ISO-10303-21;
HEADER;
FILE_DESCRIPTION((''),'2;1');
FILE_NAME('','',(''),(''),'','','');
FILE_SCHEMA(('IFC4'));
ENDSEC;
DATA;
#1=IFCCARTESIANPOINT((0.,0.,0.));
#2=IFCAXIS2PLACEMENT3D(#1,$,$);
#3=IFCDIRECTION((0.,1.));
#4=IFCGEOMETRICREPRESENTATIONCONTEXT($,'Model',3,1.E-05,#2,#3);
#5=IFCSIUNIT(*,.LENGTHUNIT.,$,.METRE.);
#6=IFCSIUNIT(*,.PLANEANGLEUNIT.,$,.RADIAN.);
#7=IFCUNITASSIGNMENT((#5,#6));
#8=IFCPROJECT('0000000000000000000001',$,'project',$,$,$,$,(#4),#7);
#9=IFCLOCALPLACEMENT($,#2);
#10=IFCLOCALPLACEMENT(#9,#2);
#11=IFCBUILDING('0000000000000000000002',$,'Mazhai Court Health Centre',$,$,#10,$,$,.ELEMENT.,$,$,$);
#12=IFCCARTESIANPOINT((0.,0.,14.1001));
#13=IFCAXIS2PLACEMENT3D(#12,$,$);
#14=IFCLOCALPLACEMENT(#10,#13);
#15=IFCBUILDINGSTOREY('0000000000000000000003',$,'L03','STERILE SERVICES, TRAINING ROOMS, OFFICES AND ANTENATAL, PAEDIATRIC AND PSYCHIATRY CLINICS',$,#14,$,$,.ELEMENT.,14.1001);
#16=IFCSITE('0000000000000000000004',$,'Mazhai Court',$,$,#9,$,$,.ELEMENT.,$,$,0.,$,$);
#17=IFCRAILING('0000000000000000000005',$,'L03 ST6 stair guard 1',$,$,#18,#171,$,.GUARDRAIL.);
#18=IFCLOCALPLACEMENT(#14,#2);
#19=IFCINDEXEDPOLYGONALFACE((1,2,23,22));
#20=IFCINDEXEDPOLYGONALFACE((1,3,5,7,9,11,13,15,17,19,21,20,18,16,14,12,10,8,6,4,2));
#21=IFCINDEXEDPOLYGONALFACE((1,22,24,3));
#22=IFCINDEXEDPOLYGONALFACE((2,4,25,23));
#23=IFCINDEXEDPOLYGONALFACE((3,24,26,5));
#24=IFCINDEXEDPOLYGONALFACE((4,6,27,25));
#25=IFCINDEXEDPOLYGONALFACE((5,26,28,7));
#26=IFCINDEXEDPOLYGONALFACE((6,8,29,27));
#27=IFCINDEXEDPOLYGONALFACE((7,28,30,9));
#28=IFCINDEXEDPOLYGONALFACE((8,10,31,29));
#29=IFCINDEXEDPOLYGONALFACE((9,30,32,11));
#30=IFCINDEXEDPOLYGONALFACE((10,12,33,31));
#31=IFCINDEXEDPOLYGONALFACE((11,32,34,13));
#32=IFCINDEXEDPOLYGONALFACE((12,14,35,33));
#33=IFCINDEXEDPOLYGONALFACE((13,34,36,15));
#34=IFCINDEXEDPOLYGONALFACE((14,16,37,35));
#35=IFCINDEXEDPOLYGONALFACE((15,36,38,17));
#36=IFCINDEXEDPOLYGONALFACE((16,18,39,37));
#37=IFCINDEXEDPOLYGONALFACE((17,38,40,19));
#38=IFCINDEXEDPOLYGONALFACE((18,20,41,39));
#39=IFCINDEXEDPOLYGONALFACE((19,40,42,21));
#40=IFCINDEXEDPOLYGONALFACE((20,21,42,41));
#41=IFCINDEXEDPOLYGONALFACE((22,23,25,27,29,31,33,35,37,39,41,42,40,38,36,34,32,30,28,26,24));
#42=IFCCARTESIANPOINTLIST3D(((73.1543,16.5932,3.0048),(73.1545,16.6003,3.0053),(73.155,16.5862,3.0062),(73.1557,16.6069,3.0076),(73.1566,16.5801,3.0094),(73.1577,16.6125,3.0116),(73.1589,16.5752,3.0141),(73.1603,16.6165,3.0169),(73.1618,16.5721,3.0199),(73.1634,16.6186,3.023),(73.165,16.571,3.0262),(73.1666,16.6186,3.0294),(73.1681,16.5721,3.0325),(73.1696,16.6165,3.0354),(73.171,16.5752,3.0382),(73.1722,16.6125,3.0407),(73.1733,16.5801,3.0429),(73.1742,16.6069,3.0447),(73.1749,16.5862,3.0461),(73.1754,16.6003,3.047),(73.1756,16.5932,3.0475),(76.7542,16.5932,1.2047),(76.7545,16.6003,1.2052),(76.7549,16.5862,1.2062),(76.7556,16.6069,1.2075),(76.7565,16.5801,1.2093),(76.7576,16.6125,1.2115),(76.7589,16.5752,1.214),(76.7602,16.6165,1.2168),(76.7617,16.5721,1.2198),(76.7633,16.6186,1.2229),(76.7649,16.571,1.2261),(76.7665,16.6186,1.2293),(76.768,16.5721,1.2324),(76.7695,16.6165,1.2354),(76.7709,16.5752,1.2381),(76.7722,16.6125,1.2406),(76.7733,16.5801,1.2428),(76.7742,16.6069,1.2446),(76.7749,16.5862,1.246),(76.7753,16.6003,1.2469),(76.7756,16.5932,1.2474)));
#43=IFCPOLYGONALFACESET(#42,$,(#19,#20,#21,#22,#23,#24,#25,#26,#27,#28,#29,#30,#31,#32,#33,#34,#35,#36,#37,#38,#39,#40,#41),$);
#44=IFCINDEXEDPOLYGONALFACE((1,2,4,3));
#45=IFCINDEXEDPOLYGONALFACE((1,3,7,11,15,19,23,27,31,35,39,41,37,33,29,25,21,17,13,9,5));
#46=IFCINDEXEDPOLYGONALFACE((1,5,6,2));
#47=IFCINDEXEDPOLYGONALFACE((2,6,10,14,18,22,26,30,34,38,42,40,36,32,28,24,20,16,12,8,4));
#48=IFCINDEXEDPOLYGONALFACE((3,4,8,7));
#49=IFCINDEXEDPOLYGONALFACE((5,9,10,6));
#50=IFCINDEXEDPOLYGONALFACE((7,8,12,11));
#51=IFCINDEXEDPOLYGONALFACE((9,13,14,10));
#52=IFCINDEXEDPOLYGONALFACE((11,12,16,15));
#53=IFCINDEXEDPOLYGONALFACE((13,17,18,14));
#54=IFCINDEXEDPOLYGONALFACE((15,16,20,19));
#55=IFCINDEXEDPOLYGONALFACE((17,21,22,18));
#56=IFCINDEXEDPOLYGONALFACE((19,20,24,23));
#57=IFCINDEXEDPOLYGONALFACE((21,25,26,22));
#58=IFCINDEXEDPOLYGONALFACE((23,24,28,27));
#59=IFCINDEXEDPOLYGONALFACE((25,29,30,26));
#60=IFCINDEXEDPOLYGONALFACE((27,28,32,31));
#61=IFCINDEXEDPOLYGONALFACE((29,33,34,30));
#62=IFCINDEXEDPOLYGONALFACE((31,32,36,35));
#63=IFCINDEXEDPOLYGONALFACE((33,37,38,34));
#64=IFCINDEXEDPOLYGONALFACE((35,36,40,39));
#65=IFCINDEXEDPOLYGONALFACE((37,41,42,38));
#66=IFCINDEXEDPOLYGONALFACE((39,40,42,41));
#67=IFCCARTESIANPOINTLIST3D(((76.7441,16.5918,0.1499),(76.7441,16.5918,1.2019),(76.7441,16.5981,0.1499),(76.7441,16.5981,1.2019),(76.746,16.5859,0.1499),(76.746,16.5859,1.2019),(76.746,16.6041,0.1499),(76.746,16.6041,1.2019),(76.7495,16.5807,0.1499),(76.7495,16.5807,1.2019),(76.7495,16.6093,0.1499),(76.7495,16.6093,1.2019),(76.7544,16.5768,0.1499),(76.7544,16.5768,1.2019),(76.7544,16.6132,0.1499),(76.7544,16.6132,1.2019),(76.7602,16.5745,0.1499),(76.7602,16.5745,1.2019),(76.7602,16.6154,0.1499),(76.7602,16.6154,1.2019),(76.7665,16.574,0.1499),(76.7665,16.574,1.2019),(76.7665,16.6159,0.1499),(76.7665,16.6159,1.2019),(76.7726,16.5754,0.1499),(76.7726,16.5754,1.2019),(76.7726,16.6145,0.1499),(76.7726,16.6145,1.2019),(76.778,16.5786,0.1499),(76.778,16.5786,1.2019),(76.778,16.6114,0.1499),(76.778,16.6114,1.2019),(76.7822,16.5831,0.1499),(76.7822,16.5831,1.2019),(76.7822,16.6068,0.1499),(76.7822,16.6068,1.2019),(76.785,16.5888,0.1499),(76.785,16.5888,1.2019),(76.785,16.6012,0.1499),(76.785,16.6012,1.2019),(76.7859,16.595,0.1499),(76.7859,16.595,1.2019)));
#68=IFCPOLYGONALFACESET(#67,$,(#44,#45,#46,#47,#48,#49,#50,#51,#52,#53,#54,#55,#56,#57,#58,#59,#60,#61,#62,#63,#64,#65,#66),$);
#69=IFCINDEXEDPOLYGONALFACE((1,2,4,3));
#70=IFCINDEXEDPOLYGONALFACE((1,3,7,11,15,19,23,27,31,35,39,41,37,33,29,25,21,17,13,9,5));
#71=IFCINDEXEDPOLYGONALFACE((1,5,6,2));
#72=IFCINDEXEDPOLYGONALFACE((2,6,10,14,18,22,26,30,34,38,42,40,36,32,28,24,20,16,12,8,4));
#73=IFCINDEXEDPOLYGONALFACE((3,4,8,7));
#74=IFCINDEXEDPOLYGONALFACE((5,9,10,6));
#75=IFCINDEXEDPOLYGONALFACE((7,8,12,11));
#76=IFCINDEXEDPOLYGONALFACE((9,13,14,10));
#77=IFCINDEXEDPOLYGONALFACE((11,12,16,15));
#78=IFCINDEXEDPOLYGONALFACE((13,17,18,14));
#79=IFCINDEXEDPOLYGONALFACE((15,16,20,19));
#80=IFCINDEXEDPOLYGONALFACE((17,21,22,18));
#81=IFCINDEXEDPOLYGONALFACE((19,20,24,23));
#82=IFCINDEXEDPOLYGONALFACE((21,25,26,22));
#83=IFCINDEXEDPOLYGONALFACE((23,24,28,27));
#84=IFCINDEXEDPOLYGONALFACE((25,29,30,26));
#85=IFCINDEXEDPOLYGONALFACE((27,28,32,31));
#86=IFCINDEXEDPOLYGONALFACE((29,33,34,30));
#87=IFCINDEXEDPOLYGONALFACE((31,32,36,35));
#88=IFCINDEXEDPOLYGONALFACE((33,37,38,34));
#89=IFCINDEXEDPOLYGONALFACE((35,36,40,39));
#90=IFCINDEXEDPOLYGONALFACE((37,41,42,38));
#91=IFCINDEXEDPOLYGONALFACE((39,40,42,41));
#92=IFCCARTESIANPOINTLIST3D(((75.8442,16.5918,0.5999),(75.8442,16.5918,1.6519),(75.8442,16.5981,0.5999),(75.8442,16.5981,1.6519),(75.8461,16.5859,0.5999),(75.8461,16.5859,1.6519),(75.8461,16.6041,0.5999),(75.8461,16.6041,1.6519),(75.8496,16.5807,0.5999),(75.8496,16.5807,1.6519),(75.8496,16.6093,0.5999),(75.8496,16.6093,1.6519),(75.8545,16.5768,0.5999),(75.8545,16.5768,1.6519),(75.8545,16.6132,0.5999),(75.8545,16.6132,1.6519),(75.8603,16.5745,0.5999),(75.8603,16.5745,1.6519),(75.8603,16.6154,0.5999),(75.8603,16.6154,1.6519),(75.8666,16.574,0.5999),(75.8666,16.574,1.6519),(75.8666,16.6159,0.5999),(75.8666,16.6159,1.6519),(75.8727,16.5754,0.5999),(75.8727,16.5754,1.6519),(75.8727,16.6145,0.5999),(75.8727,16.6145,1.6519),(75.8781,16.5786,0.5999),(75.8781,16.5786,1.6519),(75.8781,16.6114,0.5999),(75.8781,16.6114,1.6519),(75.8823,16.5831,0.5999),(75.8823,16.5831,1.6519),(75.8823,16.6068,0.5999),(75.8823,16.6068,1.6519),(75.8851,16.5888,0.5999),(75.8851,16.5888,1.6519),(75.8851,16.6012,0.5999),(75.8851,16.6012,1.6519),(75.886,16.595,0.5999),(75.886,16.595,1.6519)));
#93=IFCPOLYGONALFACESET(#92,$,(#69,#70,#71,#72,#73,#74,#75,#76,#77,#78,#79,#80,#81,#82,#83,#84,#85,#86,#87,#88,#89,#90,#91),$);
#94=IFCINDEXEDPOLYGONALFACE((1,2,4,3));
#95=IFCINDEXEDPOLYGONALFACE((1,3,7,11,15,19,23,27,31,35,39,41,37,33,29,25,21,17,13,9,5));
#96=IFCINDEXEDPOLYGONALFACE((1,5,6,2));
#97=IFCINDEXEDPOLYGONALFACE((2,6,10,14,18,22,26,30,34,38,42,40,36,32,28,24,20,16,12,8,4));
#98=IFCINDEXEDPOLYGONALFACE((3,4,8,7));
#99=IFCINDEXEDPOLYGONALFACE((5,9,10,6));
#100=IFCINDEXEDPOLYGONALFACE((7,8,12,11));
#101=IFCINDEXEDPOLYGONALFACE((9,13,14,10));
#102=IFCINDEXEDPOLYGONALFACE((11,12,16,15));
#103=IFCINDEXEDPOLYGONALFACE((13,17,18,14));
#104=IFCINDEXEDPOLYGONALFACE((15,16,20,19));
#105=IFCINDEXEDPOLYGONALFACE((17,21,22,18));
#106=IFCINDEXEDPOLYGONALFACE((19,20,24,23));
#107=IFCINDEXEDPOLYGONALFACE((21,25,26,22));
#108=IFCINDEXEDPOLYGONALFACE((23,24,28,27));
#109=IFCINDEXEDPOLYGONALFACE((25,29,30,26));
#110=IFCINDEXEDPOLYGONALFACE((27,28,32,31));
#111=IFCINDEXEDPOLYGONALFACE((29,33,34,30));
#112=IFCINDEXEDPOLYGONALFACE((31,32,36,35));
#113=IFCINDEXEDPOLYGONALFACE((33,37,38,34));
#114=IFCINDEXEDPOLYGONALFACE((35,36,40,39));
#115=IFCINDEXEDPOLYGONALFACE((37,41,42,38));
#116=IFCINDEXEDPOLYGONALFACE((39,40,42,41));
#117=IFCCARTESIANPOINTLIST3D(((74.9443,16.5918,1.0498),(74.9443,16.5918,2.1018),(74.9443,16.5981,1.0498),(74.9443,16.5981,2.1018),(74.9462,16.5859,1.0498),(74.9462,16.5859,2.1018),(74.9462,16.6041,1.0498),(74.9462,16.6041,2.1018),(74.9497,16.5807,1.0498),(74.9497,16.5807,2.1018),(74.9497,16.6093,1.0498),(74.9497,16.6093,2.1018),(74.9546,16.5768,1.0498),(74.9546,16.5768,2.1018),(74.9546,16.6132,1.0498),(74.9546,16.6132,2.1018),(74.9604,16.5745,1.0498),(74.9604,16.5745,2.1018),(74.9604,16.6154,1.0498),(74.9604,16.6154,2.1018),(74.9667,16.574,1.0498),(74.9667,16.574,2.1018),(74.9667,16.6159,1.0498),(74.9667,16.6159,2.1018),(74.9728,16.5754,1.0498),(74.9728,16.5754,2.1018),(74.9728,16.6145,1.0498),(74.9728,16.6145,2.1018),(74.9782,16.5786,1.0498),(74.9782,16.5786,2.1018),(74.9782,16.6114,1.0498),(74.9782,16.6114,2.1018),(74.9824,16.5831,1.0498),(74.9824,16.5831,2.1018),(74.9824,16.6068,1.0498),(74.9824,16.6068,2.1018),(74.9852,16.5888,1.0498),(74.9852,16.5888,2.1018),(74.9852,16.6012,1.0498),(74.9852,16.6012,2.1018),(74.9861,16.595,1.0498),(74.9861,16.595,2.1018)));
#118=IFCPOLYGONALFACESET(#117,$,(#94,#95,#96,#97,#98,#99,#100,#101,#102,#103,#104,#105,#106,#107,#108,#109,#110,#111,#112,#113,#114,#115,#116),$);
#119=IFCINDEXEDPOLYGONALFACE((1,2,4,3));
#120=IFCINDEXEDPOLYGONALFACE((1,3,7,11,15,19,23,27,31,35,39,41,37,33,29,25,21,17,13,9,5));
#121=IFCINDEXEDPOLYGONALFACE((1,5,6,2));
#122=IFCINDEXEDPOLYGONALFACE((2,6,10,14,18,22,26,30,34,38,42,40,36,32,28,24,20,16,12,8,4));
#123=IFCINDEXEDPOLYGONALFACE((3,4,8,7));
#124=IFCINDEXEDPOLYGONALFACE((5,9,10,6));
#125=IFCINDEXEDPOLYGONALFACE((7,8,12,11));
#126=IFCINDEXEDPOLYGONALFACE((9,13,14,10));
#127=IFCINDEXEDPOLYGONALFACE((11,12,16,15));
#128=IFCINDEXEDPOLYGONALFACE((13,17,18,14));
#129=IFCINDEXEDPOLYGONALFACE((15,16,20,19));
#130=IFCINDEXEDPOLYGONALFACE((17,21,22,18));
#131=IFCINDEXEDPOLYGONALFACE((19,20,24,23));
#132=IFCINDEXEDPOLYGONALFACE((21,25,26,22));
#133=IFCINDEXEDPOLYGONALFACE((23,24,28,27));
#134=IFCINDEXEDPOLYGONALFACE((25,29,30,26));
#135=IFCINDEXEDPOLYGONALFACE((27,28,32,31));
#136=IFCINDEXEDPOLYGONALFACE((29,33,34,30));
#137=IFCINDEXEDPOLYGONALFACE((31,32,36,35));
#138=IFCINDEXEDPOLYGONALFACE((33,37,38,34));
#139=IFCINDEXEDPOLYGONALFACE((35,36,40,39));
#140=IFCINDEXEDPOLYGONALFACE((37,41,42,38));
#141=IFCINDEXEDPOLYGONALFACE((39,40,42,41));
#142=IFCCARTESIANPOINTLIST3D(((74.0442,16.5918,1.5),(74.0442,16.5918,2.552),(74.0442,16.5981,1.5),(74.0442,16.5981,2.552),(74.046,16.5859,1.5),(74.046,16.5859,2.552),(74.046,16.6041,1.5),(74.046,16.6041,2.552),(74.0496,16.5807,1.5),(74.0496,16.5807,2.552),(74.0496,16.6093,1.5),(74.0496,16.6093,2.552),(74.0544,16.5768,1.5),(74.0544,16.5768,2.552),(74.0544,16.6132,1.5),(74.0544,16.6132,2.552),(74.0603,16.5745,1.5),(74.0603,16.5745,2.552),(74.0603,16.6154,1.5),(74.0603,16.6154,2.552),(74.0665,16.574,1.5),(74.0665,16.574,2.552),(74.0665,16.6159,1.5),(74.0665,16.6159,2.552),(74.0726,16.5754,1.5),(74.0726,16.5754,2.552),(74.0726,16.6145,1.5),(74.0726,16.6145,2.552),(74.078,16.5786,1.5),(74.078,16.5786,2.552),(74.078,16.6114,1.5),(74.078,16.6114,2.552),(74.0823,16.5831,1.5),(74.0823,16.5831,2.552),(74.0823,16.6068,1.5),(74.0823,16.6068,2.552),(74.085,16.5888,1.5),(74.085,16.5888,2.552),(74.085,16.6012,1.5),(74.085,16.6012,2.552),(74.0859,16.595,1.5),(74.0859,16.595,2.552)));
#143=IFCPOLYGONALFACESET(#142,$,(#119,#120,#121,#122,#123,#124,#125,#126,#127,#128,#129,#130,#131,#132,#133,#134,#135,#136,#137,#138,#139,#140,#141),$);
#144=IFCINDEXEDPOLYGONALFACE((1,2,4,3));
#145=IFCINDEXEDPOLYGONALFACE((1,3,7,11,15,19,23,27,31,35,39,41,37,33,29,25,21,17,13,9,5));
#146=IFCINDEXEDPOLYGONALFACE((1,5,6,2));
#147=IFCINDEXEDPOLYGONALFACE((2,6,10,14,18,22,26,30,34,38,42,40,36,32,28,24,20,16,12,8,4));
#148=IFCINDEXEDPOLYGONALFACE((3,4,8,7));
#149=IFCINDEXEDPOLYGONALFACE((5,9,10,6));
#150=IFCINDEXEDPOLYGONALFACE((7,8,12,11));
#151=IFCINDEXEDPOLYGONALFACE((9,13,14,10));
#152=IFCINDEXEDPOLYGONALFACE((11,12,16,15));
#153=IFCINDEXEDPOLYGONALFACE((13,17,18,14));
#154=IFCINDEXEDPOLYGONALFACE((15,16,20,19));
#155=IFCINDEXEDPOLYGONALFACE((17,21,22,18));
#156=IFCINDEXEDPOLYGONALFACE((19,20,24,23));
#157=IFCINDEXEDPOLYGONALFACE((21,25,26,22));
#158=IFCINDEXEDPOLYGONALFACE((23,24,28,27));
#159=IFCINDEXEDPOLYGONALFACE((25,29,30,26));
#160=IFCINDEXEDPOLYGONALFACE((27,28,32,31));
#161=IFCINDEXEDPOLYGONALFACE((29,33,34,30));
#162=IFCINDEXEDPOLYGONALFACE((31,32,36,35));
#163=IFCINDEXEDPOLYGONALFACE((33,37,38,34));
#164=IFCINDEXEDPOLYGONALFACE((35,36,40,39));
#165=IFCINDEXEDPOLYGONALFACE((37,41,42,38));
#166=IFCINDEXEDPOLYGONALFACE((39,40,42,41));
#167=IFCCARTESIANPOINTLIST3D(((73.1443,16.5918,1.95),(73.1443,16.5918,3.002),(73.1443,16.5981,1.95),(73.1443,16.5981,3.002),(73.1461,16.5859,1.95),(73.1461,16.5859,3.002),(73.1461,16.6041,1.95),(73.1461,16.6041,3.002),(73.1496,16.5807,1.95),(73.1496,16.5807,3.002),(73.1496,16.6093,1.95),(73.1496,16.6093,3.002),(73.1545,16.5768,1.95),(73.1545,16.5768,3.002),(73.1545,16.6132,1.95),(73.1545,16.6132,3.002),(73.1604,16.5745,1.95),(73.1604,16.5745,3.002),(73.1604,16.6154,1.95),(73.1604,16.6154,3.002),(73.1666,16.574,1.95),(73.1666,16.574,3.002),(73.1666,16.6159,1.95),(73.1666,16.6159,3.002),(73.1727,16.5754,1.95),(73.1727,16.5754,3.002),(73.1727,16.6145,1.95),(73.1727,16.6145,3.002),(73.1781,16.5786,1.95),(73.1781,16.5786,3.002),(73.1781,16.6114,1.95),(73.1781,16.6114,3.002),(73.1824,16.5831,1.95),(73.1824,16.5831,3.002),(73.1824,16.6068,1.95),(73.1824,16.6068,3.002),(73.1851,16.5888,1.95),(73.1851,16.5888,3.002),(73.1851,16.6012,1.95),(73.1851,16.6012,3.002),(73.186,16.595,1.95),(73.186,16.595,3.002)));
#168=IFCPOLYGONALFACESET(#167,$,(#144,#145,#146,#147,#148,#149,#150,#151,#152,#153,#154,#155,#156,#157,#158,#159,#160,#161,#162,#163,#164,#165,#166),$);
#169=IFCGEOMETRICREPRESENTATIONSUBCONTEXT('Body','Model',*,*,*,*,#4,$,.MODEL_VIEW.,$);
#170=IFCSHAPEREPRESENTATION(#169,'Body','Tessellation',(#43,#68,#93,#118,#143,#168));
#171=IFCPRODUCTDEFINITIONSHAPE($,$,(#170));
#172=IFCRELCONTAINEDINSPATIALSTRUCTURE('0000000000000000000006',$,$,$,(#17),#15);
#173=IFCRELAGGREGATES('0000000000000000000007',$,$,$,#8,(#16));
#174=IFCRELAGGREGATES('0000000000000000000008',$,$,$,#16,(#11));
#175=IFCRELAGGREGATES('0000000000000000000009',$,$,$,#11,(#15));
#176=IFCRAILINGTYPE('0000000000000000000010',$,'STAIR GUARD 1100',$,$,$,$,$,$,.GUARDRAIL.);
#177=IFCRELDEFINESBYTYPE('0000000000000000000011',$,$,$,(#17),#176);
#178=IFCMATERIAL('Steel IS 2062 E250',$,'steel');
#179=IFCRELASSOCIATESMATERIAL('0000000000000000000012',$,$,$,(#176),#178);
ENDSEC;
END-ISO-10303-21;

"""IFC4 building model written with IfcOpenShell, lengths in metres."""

from ifc_helpers import new_model, si_unit, direction, frame, origin, origin_2d, place, context, subcontext, project, spatial, circle, extrude, material, type_object, element, save


model = new_model("IFC4")

# Units and contexts
model_context = context("Model", 3, precision=1e-05, world=origin(), true_north=direction((0.0, 1.0)))
body_context = subcontext(model_context, "Body", "Model", "MODEL_VIEW")
ifc_project = project(units=[si_unit("LENGTHUNIT", "METRE"), si_unit("PLANEANGLEUNIT", "RADIAN")], contexts=[model_context])

# Site, building, storey
site_placement = place(None, origin())
site = spatial("IfcSite", under=ifc_project, at=site_placement, Name="Mazhai Court", CompositionType="ELEMENT", RefElevation=0.0)
building_placement = place(site_placement, origin())
building = spatial("IfcBuilding", under=site, at=building_placement, Name="Mazhai Court Health Centre", CompositionType="ELEMENT")
storey_placement = place(building_placement, frame((0.0, 0.0, 14.1001)))
storey = spatial("IfcBuildingStorey", under=building, at=storey_placement, Name="L03", Description="STERILE SERVICES, TRAINING ROOMS, OFFICES AND ANTENATAL, PAEDIATRIC AND PSYCHIATRY CLINICS", CompositionType="ELEMENT", Elevation=14.1001)

# Railing
ifc_material_1 = material(Name="Steel IS 2062 E250", Category="steel")
railing_type_1 = type_object("IfcRailingType", Name="STAIR GUARD 1100", PredefinedType="GUARDRAIL", material=ifc_material_1)
railing_1_placement = place(storey_placement, frame((76.7649, 16.595, 0.1499)))
element("IfcRailing", 1, at=railing_1_placement, inside=storey, type_object=railing_type_1, Name="L03 ST6 stair guard 1", PredefinedType="GUARDRAIL", context=body_context, shape_type="SweptSolid", body=[
    extrude(circle(Radius=0.0239, at=origin_2d()), frame((0.0, 0.0, 1.0762), z_axis=(-0.894415, 0.0, 0.447238), x_axis=(0.0, -1.0, 0.0)), (0.0, 0.0, 1.0), 4.0249),
    extrude(circle(Radius=0.021, at=origin_2d()), origin(), (0.0, 0.0, 1.0), 1.052),
    extrude(circle(Radius=0.021, at=origin_2d()), frame((-0.8999, 0.0, 0.45)), (0.0, 0.0, 1.0), 1.052),
    extrude(circle(Radius=0.021, at=origin_2d()), frame((-1.7998, 0.0, 0.8999)), (0.0, 0.0, 1.0), 1.052),
    extrude(circle(Radius=0.021, at=origin_2d()), frame((-2.7, 0.0, 1.3501)), (0.0, 0.0, 1.0), 1.052),
    extrude(circle(Radius=0.021, at=origin_2d()), frame((-3.5999, 0.0, 1.8)), (0.0, 0.0, 1.0), 1.052),
])

save(model, "model.ifc")
